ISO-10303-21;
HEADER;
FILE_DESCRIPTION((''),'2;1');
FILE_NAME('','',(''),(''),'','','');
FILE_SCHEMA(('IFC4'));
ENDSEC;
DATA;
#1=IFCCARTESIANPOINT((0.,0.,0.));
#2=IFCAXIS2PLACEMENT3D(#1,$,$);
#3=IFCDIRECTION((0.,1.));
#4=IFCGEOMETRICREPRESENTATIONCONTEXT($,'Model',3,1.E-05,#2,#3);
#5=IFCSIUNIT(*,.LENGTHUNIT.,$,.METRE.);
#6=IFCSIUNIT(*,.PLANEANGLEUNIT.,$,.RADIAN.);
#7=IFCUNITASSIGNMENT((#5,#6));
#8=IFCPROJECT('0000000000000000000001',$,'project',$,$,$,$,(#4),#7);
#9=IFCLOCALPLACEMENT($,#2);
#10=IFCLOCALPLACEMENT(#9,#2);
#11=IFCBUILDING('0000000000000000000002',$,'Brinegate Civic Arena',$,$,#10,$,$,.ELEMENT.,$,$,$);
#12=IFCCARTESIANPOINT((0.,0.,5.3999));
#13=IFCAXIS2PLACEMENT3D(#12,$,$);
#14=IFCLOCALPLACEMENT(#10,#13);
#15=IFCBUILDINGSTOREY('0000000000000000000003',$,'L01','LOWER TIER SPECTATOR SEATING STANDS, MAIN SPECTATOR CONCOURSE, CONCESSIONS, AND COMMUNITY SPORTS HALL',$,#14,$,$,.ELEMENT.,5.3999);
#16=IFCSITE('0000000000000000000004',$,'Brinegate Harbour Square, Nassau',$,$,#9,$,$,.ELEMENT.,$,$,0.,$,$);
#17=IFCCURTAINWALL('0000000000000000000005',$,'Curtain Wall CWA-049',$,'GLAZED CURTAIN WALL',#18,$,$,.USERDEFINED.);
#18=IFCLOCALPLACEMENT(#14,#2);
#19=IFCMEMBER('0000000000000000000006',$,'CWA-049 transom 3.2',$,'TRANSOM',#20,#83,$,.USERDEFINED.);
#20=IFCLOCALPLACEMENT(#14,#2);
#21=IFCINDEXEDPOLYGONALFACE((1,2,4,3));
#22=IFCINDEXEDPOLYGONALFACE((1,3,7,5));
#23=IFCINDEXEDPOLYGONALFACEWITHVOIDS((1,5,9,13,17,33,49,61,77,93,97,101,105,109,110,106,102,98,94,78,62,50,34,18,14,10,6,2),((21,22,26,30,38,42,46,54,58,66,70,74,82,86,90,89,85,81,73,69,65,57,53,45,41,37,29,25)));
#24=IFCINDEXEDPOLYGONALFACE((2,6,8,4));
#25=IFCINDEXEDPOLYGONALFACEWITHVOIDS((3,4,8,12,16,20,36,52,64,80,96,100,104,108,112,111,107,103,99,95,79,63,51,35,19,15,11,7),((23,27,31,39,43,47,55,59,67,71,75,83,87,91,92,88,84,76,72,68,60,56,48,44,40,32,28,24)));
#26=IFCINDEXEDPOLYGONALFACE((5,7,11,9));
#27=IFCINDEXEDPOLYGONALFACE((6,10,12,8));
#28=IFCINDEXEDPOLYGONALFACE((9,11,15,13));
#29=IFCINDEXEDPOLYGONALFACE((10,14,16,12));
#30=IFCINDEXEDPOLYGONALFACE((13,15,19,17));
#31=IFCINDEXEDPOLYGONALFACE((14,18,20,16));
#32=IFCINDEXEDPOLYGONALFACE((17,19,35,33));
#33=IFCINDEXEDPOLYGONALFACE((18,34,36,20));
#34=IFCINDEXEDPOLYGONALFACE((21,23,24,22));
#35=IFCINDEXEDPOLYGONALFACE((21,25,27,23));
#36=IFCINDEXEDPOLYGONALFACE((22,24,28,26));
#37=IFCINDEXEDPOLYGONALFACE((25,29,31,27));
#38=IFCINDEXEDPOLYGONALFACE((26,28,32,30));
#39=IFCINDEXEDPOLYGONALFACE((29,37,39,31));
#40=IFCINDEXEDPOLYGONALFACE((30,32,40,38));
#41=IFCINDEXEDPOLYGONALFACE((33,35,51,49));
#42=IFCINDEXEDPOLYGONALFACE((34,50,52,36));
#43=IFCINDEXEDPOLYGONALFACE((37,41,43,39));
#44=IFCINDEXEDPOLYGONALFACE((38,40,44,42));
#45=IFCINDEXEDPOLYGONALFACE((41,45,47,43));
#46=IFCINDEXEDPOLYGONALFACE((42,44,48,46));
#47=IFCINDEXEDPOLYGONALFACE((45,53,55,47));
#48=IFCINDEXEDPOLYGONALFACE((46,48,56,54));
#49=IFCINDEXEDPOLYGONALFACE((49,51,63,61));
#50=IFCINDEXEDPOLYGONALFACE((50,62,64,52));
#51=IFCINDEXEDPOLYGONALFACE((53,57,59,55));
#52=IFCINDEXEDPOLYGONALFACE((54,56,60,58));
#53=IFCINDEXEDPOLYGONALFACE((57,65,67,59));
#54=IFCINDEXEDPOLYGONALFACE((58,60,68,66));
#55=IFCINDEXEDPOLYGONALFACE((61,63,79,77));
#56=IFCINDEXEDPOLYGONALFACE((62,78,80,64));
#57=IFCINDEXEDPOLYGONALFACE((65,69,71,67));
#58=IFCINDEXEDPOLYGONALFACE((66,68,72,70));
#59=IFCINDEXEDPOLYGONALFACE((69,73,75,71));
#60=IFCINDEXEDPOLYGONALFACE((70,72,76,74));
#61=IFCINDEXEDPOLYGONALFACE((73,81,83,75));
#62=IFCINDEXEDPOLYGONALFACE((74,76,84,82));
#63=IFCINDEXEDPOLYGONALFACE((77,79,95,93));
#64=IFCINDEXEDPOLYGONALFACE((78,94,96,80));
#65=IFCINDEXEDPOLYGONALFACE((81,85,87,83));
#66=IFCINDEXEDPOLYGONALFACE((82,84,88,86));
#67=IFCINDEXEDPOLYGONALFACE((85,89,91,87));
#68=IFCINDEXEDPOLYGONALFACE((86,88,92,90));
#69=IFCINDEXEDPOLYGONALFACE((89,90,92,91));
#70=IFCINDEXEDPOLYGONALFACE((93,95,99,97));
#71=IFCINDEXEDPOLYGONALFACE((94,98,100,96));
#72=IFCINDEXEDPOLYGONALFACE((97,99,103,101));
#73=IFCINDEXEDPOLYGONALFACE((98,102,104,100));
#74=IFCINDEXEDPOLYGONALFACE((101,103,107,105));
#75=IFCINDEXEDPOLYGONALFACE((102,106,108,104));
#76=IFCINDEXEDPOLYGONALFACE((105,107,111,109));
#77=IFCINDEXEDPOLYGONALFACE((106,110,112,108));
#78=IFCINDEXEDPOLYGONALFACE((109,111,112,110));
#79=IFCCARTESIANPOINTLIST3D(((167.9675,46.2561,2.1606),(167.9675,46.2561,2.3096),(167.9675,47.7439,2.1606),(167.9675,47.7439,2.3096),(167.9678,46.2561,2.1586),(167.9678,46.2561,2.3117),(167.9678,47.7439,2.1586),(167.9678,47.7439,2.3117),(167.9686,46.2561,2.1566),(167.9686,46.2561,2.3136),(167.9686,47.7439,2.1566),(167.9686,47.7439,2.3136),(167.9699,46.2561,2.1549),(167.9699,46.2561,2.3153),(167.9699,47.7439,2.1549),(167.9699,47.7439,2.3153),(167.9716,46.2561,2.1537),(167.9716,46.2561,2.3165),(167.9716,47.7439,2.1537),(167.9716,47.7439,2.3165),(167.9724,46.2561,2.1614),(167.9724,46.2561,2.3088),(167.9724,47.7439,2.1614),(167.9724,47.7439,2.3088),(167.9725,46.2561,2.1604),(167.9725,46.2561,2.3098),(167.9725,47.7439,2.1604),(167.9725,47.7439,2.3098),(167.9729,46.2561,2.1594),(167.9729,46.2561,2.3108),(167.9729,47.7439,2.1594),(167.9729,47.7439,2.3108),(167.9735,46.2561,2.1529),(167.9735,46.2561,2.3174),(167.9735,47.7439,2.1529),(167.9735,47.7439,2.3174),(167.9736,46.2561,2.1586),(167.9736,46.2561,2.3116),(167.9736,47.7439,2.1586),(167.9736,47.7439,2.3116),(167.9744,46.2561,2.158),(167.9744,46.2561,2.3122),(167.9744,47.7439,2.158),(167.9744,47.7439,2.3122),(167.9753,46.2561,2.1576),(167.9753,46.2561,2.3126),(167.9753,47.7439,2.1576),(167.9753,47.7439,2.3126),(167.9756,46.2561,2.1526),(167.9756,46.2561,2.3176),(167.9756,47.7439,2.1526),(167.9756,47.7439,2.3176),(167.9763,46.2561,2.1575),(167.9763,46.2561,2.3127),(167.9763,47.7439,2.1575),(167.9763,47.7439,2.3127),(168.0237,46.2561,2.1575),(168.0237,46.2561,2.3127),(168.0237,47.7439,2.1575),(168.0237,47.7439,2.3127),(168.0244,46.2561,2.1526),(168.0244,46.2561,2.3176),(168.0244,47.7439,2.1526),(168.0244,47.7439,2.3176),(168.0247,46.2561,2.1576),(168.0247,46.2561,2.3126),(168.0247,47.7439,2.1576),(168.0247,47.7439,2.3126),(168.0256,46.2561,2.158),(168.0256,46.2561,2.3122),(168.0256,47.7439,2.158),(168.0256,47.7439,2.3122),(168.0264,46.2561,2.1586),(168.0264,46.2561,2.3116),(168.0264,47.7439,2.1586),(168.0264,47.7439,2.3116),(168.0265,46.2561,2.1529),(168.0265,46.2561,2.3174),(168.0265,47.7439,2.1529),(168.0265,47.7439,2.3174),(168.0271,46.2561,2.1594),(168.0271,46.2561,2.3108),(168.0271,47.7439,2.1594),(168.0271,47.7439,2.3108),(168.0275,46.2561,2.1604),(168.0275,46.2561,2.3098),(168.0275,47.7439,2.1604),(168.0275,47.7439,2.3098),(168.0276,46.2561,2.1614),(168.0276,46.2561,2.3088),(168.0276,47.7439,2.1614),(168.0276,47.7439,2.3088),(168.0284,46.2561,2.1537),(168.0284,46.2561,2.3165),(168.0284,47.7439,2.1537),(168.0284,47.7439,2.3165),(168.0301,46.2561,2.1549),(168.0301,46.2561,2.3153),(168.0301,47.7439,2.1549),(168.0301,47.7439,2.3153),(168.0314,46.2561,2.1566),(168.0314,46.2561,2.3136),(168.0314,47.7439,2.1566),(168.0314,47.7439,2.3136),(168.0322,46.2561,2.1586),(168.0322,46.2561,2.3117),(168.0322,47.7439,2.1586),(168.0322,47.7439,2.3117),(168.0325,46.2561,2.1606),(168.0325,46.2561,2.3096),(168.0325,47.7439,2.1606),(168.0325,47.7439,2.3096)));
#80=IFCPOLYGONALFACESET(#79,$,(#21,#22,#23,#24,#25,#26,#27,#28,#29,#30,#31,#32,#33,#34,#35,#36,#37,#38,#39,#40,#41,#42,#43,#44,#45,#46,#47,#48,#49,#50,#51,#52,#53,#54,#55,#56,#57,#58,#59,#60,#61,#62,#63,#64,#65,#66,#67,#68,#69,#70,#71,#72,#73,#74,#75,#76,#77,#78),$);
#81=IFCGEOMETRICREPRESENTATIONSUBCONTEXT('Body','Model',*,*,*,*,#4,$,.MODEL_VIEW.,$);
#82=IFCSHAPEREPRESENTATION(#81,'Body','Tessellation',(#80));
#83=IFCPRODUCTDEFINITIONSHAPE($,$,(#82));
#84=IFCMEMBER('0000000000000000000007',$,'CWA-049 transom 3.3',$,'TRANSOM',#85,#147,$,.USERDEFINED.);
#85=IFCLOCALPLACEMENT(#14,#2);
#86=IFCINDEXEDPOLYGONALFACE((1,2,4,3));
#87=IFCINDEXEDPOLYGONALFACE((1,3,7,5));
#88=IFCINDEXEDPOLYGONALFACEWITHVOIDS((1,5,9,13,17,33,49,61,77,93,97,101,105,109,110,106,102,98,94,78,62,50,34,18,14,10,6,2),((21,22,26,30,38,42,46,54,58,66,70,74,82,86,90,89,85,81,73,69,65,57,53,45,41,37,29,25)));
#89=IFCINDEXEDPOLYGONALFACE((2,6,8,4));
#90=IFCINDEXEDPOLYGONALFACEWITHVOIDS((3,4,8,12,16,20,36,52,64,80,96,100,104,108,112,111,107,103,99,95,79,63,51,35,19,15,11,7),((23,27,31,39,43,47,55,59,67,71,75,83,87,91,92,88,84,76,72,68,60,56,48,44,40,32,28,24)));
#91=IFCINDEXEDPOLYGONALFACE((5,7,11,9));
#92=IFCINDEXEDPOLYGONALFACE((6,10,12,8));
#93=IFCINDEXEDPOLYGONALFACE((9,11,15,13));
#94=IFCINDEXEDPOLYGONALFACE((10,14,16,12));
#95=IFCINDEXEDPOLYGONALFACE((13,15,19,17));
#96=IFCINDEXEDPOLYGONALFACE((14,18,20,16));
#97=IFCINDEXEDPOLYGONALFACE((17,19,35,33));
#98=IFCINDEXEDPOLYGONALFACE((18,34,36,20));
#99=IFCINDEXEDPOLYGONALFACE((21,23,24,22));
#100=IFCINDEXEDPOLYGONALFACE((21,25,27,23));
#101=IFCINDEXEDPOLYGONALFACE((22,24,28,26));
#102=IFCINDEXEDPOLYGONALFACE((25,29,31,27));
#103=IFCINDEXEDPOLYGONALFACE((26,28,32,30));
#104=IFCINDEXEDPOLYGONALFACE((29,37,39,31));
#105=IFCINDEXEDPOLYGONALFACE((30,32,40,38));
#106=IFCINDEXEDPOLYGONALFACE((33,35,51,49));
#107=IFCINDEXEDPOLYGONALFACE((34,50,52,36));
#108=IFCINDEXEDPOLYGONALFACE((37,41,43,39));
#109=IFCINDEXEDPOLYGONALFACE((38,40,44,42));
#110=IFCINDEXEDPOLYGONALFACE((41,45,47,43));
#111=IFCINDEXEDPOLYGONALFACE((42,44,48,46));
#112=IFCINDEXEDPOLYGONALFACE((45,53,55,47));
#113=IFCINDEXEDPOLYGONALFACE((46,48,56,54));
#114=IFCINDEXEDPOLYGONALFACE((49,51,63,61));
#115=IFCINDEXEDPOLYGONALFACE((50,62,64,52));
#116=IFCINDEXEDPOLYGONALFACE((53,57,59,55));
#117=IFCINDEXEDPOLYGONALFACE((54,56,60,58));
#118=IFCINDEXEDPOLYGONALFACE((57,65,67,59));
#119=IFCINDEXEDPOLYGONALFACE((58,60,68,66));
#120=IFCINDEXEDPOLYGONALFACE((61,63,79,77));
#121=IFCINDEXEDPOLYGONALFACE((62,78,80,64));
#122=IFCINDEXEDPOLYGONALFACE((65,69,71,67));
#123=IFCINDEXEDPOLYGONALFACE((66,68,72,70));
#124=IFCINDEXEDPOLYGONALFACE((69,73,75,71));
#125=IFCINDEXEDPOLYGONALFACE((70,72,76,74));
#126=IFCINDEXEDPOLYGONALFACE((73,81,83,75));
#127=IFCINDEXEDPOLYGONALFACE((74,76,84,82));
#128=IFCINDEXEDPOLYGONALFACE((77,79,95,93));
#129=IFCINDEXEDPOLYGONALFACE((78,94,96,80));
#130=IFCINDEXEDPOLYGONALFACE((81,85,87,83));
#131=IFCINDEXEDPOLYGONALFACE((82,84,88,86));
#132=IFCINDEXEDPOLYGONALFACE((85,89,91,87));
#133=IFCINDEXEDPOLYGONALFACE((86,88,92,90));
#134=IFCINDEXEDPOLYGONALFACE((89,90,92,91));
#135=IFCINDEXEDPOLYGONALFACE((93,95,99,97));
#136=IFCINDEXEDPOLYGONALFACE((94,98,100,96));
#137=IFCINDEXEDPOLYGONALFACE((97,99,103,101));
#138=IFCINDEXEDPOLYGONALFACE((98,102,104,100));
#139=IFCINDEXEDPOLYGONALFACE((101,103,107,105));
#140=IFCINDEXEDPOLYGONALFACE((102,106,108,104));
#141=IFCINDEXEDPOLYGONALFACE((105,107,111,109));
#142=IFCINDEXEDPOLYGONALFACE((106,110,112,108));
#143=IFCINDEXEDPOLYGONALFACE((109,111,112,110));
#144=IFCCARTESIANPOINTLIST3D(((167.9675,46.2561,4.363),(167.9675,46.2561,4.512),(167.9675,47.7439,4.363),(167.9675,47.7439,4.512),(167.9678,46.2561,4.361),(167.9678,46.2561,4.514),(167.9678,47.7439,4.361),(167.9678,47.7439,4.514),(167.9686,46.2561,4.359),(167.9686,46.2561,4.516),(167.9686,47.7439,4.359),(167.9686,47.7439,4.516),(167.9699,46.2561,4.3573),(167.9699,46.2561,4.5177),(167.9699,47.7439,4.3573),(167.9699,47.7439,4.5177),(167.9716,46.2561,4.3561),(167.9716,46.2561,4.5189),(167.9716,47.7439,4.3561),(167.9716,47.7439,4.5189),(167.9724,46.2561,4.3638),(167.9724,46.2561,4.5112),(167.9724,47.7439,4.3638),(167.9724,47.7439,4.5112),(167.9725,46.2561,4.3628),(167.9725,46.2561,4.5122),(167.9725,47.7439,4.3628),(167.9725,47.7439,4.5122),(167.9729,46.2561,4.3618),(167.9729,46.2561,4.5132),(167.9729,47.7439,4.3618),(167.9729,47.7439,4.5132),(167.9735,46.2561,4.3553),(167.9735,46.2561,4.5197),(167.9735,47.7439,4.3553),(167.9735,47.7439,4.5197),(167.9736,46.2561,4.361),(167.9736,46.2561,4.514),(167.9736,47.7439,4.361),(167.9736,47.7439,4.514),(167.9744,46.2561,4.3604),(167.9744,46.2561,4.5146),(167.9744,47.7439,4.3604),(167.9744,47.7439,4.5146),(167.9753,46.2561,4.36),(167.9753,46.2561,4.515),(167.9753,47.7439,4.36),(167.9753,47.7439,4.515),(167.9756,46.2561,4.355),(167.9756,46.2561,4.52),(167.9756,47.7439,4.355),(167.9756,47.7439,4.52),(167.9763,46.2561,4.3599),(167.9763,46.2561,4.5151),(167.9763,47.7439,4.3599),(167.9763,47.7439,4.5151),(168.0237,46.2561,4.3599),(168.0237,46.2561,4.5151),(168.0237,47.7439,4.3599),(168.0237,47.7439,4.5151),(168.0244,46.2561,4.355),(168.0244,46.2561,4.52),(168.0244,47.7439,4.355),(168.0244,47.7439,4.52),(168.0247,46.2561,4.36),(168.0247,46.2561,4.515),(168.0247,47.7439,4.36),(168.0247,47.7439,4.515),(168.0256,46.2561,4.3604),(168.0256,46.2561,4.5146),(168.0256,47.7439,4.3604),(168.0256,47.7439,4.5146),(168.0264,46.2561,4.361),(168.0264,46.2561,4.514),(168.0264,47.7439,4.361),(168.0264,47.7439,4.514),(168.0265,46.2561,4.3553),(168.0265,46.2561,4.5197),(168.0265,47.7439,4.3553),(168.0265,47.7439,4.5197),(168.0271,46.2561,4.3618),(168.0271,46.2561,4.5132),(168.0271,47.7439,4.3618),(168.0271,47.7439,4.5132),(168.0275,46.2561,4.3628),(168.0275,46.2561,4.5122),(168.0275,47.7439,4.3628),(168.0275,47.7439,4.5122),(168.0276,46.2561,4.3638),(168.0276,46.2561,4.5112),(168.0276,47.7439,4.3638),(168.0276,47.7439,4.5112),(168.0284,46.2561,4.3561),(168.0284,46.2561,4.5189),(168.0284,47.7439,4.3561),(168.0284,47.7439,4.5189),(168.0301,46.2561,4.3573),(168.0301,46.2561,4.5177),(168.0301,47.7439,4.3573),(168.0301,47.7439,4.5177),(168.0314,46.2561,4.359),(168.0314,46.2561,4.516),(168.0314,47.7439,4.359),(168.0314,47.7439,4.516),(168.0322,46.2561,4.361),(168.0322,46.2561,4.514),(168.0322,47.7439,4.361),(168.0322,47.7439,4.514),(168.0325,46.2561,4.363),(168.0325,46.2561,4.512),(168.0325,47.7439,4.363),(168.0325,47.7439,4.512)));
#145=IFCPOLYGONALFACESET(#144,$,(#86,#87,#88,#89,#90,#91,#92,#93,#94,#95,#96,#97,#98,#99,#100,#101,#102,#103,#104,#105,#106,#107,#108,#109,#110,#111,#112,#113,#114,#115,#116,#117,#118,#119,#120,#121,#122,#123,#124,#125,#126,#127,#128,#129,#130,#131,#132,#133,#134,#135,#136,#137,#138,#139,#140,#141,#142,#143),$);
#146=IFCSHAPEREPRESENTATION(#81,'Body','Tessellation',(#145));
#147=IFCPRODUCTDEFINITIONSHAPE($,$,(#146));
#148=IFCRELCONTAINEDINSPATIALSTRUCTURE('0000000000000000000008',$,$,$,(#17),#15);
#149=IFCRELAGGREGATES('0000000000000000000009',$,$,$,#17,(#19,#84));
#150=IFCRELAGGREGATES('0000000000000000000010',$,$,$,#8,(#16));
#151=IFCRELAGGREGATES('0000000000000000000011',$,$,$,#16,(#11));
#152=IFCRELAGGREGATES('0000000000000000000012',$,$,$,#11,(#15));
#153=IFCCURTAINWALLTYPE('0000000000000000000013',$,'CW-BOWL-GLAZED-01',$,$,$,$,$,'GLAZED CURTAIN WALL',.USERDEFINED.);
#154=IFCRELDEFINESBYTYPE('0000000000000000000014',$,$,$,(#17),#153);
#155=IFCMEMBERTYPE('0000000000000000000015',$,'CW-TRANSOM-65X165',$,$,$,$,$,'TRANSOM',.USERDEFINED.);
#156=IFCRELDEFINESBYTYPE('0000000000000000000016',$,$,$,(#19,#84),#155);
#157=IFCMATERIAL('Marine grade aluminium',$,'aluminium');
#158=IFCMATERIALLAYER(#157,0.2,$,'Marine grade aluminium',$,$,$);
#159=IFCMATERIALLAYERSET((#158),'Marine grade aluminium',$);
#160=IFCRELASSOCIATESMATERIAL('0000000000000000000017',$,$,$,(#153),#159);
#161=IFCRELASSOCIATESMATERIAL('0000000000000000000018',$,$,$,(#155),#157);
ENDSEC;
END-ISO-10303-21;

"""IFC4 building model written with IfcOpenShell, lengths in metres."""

from ifc_helpers import new_model, si_unit, direction, frame, origin, origin_2d, place, context, subcontext, project, spatial, hollow_rectangle, extrude, material, layer, layer_set, material_profile, profile_set, type_object, element, aggregate, save


model = new_model("IFC4")

# Units and contexts
model_context = context("Model", 3, precision=1e-05, world=origin(), true_north=direction((0.0, 1.0)))
body_context = subcontext(model_context, "Body", "Model", "MODEL_VIEW")
ifc_project = project(units=[si_unit("LENGTHUNIT", "METRE"), si_unit("PLANEANGLEUNIT", "RADIAN")], contexts=[model_context])

# Site, building, storey
site_placement = place(None, origin())
site = spatial("IfcSite", under=ifc_project, at=site_placement, Name="Brinegate Harbour Square, Nassau", CompositionType="ELEMENT", RefElevation=0.0)
building_placement = place(site_placement, origin())
building = spatial("IfcBuilding", under=site, at=building_placement, Name="Brinegate Civic Arena", CompositionType="ELEMENT")
storey_placement = place(building_placement, frame((0.0, 0.0, 5.3999)))
storey = spatial("IfcBuildingStorey", under=building, at=storey_placement, Name="L01", Description="LOWER TIER SPECTATOR SEATING STANDS, MAIN SPECTATOR CONCOURSE, CONCESSIONS, AND COMMUNITY SPORTS HALL", CompositionType="ELEMENT", Elevation=5.3999)

# Curtain wall, members
ifc_material_1 = material(Name="Marine grade aluminium", Category="aluminium")
ifc_layer_1 = layer(ifc_material_1, 0.2, Name="Marine grade aluminium")
ifc_layer_set_1 = layer_set([ifc_layer_1], Name="Marine grade aluminium")
curtain_wall_type = type_object("IfcCurtainWallType", Name="CW-BOWL-GLAZED-01", ElementType="GLAZED CURTAIN WALL", PredefinedType="USERDEFINED", material=ifc_layer_set_1)
curtain_wall_placement = place(storey_placement, origin())
curtain_wall = element("IfcCurtainWall", 1, at=curtain_wall_placement, inside=storey, type_object=curtain_wall_type, Name="Curtain Wall CWA-049", ObjectType="GLAZED CURTAIN WALL", PredefinedType="USERDEFINED")
ifc_material_profile_1 = material_profile(ifc_material_1, hollow_rectangle(XDim=0.0649, YDim=0.165, WallThickness=0.0049, InnerFilletRadius=0.0039, OuterFilletRadius=0.0081, at=origin_2d()), Name="TRN65X165")
ifc_profile_set_1 = profile_set([ifc_material_profile_1], Name="Marine grade aluminium")
member_type_1 = type_object("IfcMemberType", Name="CW-TRANSOM-65X165", ElementType="TRANSOM", PredefinedType="USERDEFINED", material=ifc_profile_set_1)
member_1_placement = place(storey_placement, frame((168.0, 46.2561, 2.2351), z_axis=(0.0, 1.0, 0.0), x_axis=(-1.0, 0.0, 0.0)))
member_1 = element("IfcMember", 2, at=member_1_placement, type_object=member_type_1, Name="CWA-049 transom 3.2", ObjectType="TRANSOM", PredefinedType="USERDEFINED", context=body_context, shape_type="SweptSolid", body=[
    extrude(hollow_rectangle(XDim=0.0649, YDim=0.165, WallThickness=0.0049, InnerFilletRadius=0.0039, OuterFilletRadius=0.0081, at=origin_2d()), origin(), (0.0, 0.0, 1.0), 1.4878),
])
member_2_placement = place(storey_placement, frame((168.0, 46.2561, 4.4375), z_axis=(0.0, 1.0, 0.0), x_axis=(-1.0, 0.0, 0.0)))
member_2 = element("IfcMember", 3, at=member_2_placement, type_object=member_type_1, Name="CWA-049 transom 3.3", ObjectType="TRANSOM", PredefinedType="USERDEFINED", context=body_context, shape_type="SweptSolid", body=[
    extrude(hollow_rectangle(XDim=0.0649, YDim=0.165, WallThickness=0.0049, InnerFilletRadius=0.0039, OuterFilletRadius=0.0081, at=origin_2d()), origin(), (0.0, 0.0, 1.0), 1.4878),
])
aggregate(curtain_wall, [member_1, member_2])

save(model, "model.ifc")
